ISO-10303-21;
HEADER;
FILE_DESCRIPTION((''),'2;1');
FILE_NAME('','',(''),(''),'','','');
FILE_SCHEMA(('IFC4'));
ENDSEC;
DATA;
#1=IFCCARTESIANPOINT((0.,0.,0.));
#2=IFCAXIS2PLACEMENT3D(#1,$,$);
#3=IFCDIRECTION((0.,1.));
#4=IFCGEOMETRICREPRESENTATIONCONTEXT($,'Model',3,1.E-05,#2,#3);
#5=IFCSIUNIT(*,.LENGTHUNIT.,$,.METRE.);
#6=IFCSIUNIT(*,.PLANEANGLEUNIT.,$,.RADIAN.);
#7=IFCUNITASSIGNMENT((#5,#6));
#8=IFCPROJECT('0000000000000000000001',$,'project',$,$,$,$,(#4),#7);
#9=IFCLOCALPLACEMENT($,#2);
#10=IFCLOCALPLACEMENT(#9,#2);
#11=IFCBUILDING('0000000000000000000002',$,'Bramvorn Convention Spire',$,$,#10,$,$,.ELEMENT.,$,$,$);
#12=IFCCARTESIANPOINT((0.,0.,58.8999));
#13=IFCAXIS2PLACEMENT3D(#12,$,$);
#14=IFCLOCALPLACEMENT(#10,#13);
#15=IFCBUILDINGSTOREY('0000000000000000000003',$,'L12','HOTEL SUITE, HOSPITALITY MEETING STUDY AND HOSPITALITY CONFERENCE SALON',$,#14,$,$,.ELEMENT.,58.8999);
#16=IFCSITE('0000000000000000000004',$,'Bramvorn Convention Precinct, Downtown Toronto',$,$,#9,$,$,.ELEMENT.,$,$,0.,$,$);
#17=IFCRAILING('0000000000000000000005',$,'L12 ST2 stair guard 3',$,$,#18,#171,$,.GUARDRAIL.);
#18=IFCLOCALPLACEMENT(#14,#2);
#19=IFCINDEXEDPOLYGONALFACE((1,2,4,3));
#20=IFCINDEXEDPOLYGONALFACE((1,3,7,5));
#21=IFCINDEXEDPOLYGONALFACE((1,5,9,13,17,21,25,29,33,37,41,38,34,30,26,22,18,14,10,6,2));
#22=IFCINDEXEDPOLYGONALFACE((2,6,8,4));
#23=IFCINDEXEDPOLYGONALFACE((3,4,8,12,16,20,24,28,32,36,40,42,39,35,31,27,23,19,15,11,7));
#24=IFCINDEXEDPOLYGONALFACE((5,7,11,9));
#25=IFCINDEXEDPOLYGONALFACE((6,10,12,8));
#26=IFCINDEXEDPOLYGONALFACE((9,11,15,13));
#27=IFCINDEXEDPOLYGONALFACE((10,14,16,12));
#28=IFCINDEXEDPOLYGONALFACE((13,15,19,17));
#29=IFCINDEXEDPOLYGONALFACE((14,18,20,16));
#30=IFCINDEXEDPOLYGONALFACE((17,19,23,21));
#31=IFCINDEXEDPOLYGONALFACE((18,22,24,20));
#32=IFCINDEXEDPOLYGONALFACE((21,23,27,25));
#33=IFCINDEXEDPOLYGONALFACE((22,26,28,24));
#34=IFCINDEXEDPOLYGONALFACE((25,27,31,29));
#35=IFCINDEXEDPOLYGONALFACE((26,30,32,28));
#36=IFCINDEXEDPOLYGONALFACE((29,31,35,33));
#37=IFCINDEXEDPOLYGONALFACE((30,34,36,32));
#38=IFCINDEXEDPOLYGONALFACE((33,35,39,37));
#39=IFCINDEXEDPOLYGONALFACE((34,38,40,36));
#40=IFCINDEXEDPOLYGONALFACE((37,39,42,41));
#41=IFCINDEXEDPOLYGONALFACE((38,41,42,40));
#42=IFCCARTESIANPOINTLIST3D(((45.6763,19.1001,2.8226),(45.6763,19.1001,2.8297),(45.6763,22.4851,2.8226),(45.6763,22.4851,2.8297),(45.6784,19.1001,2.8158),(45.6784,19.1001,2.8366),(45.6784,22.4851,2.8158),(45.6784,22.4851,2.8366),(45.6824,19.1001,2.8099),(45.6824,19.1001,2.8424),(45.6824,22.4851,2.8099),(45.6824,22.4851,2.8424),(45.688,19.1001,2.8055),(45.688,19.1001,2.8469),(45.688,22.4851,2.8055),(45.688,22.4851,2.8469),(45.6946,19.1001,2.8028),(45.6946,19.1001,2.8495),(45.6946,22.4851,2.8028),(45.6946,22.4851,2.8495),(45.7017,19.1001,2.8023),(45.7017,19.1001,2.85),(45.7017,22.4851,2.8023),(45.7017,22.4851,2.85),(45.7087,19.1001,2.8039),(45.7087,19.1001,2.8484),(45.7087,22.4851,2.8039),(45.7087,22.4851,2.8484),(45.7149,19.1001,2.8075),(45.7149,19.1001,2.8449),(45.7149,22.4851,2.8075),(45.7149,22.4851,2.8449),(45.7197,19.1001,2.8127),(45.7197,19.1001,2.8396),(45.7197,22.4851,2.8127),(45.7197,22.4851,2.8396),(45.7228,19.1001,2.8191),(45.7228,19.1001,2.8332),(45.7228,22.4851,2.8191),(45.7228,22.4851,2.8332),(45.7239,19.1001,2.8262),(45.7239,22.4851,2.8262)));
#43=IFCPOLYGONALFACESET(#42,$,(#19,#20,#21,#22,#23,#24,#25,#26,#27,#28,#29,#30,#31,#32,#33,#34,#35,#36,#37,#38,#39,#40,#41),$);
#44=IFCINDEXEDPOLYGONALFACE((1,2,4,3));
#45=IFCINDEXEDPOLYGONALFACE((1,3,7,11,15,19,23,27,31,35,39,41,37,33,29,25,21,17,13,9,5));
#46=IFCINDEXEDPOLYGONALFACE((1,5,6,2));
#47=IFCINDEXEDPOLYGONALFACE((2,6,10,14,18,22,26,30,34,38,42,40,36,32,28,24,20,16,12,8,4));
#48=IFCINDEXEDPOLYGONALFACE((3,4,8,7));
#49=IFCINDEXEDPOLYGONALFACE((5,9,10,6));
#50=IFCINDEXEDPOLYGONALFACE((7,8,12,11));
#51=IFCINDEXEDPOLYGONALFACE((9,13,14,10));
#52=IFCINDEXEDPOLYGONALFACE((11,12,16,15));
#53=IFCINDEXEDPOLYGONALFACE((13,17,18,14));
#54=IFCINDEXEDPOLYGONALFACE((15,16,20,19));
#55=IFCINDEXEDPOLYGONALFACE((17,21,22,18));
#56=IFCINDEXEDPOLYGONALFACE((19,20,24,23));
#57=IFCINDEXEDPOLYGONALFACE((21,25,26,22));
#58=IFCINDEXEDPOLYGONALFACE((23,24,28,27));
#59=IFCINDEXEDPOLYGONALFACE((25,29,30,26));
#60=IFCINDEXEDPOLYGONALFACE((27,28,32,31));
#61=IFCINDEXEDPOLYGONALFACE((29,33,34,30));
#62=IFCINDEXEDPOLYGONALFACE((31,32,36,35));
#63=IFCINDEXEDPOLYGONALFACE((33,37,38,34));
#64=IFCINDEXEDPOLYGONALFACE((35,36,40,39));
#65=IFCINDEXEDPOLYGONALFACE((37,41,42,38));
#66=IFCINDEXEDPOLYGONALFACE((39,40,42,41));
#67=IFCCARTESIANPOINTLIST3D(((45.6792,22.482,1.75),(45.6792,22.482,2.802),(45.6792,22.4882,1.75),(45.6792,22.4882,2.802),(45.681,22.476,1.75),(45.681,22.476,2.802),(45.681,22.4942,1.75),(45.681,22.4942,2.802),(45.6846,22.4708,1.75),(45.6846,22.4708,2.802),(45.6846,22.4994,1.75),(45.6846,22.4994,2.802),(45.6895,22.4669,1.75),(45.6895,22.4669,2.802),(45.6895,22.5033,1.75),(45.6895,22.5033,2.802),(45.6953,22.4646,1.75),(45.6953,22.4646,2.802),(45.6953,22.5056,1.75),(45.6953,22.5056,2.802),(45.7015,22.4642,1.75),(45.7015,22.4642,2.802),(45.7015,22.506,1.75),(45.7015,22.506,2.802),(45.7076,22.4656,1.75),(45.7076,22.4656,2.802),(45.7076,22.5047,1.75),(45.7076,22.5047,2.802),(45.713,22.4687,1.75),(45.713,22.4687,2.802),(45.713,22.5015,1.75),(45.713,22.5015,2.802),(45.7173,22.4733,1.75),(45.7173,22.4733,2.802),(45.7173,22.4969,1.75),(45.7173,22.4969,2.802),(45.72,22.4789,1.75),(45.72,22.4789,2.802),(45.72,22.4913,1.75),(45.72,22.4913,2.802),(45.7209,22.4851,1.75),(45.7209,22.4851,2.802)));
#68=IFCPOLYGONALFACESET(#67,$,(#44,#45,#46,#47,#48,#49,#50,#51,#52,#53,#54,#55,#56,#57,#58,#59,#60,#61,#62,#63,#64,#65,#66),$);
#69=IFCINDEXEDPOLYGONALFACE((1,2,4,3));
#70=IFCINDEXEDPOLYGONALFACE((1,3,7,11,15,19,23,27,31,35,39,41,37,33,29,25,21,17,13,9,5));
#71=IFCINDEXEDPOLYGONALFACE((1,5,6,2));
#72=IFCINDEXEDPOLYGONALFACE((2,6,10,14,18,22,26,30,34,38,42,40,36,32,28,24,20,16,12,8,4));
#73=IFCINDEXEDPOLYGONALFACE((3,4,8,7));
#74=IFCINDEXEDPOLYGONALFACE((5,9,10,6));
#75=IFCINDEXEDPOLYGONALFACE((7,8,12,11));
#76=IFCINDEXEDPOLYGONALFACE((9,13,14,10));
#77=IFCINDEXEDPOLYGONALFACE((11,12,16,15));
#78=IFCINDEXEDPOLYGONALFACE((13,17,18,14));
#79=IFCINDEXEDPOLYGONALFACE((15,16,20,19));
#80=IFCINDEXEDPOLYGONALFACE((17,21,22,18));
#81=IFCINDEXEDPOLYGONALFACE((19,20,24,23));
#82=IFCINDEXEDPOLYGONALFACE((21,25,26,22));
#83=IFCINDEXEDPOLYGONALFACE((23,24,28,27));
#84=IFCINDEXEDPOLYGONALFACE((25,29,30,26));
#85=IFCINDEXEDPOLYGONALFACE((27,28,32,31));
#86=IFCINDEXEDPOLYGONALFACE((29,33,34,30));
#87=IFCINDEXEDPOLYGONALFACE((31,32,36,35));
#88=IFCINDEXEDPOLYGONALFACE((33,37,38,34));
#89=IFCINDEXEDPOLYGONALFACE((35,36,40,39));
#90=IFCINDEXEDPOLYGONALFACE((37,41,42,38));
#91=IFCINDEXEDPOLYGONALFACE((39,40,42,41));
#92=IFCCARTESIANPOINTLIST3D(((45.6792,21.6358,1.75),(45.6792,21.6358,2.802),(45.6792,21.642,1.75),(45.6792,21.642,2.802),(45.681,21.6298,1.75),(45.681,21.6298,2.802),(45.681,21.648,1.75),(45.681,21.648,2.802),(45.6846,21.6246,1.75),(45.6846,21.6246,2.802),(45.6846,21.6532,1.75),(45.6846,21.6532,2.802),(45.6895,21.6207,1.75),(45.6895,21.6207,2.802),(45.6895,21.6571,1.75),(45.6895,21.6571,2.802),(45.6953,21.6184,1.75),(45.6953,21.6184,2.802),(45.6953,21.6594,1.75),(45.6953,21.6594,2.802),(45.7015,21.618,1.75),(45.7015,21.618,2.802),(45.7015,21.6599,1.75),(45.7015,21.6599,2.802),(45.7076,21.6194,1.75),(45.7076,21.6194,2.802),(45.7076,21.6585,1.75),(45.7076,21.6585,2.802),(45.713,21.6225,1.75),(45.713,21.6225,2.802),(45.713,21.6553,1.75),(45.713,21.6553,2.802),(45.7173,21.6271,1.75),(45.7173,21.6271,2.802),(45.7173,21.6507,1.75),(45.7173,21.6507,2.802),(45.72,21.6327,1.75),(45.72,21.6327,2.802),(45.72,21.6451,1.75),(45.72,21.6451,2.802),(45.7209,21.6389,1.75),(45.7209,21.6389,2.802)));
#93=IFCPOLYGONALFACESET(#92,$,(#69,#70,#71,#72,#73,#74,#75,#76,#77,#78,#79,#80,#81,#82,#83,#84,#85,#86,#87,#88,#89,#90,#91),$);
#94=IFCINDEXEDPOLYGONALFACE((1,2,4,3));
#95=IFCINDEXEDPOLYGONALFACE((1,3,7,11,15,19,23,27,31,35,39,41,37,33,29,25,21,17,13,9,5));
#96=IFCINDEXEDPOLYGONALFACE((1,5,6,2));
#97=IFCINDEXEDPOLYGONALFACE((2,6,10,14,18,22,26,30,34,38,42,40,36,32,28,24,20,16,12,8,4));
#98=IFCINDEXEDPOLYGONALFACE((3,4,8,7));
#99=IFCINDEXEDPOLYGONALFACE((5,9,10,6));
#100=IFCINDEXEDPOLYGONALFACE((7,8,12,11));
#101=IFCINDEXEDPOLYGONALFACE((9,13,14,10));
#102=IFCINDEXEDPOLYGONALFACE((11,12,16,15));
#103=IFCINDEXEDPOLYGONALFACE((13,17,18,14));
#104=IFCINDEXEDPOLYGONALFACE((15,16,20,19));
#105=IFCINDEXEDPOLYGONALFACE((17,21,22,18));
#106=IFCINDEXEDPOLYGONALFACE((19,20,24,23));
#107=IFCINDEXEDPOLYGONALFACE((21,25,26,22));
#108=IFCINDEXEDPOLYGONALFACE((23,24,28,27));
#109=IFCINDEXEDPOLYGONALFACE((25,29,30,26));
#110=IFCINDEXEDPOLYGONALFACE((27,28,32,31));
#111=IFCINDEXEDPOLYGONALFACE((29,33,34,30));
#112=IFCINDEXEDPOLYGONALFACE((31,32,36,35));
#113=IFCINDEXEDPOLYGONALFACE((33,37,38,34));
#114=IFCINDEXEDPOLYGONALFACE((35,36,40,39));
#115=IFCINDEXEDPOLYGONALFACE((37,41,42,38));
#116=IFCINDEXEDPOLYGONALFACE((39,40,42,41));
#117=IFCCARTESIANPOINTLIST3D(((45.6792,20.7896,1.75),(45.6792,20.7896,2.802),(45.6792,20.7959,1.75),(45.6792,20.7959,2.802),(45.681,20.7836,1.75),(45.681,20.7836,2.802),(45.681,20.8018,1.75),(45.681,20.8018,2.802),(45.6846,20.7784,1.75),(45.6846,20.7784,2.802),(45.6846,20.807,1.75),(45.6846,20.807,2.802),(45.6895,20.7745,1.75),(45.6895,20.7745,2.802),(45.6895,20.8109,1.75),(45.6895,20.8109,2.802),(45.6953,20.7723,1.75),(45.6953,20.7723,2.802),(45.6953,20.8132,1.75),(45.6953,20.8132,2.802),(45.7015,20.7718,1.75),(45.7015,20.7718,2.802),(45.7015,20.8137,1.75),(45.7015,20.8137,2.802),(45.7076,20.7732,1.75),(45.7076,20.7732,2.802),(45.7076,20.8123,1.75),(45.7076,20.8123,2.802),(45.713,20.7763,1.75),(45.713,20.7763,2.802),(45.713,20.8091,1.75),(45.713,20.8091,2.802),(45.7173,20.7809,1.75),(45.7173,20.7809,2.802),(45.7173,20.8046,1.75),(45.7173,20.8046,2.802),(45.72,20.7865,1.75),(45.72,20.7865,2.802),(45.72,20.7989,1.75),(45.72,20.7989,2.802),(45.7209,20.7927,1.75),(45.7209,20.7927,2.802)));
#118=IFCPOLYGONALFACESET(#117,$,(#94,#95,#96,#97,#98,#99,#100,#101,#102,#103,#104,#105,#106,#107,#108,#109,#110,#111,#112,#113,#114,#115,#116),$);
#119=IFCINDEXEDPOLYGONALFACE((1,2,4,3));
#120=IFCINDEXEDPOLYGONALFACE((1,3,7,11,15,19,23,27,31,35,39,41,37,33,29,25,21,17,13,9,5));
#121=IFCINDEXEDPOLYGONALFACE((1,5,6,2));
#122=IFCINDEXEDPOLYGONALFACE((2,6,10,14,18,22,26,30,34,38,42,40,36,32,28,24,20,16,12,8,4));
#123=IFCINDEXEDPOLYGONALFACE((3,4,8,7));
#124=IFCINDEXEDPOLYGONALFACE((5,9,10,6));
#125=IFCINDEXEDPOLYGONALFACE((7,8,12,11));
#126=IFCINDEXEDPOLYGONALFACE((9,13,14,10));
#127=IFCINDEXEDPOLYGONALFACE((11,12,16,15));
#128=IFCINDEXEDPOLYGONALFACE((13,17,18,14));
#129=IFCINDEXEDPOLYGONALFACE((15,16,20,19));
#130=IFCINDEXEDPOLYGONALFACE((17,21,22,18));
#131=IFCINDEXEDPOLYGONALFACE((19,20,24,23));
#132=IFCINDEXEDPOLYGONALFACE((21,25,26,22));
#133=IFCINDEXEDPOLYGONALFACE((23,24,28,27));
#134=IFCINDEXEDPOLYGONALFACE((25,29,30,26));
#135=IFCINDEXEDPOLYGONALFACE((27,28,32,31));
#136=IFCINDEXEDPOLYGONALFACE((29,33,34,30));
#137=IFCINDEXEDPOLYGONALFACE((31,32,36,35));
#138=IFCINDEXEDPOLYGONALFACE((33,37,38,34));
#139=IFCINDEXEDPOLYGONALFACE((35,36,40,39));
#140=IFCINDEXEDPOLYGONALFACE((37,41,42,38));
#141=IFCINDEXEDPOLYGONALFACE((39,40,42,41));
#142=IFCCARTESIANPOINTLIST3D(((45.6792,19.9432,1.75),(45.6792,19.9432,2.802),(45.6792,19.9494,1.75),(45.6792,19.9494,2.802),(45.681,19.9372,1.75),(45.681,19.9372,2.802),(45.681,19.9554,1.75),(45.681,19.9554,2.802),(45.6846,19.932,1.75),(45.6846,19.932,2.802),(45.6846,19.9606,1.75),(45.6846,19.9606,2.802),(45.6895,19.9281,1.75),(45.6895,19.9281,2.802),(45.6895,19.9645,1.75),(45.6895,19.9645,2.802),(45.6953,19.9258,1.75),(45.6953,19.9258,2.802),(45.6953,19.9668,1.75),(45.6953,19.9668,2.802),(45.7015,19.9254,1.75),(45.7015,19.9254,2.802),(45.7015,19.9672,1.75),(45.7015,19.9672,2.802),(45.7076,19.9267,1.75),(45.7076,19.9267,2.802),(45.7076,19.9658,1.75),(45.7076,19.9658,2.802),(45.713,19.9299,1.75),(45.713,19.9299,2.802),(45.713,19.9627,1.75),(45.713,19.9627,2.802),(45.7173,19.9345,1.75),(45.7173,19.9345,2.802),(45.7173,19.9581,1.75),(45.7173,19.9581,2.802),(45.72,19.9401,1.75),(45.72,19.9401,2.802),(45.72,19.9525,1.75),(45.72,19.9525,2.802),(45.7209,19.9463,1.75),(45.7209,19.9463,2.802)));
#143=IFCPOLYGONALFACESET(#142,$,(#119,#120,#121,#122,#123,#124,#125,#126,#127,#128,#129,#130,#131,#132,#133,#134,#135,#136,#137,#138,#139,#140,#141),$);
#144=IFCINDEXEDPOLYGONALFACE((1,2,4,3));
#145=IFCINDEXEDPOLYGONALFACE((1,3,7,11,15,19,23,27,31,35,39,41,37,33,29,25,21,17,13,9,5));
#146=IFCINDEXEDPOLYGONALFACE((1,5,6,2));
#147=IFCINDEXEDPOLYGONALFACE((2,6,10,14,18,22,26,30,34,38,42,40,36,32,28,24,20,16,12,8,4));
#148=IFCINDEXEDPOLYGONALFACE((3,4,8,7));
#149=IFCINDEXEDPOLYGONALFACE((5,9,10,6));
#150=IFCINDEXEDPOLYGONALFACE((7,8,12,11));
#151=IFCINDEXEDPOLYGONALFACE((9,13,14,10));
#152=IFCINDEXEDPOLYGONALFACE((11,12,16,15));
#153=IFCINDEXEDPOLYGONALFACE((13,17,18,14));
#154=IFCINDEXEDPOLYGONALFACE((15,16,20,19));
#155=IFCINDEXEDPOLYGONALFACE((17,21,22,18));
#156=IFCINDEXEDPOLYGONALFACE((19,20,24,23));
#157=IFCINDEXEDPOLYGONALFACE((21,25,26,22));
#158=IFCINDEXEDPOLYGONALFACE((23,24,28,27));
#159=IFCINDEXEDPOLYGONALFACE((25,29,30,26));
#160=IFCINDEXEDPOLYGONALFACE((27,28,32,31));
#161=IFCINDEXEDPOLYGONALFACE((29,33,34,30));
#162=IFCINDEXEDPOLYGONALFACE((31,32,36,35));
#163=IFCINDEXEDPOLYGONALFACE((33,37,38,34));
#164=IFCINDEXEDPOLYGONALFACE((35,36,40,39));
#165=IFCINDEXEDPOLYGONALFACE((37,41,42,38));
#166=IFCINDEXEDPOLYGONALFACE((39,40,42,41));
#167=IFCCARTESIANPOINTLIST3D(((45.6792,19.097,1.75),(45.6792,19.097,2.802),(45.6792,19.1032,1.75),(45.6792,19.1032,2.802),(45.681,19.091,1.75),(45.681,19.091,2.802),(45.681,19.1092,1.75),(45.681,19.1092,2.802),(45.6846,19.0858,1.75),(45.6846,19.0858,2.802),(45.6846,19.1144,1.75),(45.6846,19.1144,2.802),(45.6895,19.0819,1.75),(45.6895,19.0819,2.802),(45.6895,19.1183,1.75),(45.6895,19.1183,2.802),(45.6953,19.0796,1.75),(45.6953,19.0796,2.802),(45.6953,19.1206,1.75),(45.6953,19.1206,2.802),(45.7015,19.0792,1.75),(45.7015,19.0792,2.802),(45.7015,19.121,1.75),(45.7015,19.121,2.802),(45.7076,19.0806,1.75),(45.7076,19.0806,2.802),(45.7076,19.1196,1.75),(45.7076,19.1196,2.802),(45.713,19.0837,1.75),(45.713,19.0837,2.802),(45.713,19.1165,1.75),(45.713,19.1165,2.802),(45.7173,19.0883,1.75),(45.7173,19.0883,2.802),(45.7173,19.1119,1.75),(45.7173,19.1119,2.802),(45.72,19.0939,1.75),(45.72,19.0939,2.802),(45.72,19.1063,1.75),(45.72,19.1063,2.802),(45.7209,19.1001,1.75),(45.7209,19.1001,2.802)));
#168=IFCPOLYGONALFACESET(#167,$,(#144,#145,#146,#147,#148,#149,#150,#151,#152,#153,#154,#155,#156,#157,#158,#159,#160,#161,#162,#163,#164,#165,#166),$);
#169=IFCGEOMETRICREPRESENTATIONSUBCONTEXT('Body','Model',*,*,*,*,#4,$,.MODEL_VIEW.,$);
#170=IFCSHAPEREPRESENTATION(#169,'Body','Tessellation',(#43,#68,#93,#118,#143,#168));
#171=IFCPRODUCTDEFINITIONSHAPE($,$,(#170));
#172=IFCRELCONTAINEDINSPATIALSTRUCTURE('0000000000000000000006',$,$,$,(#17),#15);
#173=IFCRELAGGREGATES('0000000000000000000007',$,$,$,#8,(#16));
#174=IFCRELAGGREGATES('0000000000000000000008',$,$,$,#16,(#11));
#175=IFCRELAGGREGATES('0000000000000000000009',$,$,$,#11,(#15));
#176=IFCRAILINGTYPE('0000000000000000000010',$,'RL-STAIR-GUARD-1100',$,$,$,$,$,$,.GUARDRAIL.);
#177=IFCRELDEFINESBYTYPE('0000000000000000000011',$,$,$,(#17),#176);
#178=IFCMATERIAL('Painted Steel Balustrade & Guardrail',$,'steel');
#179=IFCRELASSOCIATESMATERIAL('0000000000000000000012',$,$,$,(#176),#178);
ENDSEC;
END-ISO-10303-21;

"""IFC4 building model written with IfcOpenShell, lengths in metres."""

from ifc_helpers import new_model, si_unit, direction, frame, origin, origin_2d, place, context, subcontext, project, spatial, circle, extrude, material, type_object, element, save


model = new_model("IFC4")

# Units and contexts
model_context = context("Model", 3, precision=1e-05, world=origin(), true_north=direction((0.0, 1.0)))
body_context = subcontext(model_context, "Body", "Model", "MODEL_VIEW")
ifc_project = project(units=[si_unit("LENGTHUNIT", "METRE"), si_unit("PLANEANGLEUNIT", "RADIAN")], contexts=[model_context])

# Site, building, storey
site_placement = place(None, origin())
site = spatial("IfcSite", under=ifc_project, at=site_placement, Name="Bramvorn Convention Precinct, Downtown Toronto", CompositionType="ELEMENT", RefElevation=0.0)
building_placement = place(site_placement, origin())
building = spatial("IfcBuilding", under=site, at=building_placement, Name="Bramvorn Convention Spire", CompositionType="ELEMENT")
storey_placement = place(building_placement, frame((0.0, 0.0, 58.8999)))
storey = spatial("IfcBuildingStorey", under=building, at=storey_placement, Name="L12", Description="HOTEL SUITE, HOSPITALITY MEETING STUDY AND HOSPITALITY CONFERENCE SALON", CompositionType="ELEMENT", Elevation=58.8999)

# Railing
ifc_material_1 = material(Name="Painted Steel Balustrade & Guardrail", Category="steel")
railing_type = type_object("IfcRailingType", Name="RL-STAIR-GUARD-1100", PredefinedType="GUARDRAIL", material=ifc_material_1)
railing_1_placement = place(storey_placement, frame((45.7, 22.4851, 1.75)))
element("IfcRailing", 1, at=railing_1_placement, inside=storey, type_object=railing_type, Name="L12 ST2 stair guard 3", PredefinedType="GUARDRAIL", context=body_context, shape_type="SweptSolid", body=[
    extrude(circle(Radius=0.0239, at=origin_2d()), frame((0.0, 0.0, 1.0762), z_axis=(0.0, -1.0, 0.0), x_axis=(1.0, 0.0, 0.0)), (0.0, 0.0, 1.0), 3.385),
    extrude(circle(Radius=0.021, at=origin_2d()), origin(), (0.0, 0.0, 1.0), 1.052),
    extrude(circle(Radius=0.021, at=origin_2d()), frame((0.0, -0.8462, 0.0)), (0.0, 0.0, 1.0), 1.052),
    extrude(circle(Radius=0.021, at=origin_2d()), frame((0.0, -1.6924, 0.0)), (0.0, 0.0, 1.0), 1.052),
    extrude(circle(Radius=0.021, at=origin_2d()), frame((0.0, -2.5388, 0.0)), (0.0, 0.0, 1.0), 1.052),
    extrude(circle(Radius=0.021, at=origin_2d()), frame((0.0, -3.385, 0.0)), (0.0, 0.0, 1.0), 1.052),
])

save(model, "model.ifc")
